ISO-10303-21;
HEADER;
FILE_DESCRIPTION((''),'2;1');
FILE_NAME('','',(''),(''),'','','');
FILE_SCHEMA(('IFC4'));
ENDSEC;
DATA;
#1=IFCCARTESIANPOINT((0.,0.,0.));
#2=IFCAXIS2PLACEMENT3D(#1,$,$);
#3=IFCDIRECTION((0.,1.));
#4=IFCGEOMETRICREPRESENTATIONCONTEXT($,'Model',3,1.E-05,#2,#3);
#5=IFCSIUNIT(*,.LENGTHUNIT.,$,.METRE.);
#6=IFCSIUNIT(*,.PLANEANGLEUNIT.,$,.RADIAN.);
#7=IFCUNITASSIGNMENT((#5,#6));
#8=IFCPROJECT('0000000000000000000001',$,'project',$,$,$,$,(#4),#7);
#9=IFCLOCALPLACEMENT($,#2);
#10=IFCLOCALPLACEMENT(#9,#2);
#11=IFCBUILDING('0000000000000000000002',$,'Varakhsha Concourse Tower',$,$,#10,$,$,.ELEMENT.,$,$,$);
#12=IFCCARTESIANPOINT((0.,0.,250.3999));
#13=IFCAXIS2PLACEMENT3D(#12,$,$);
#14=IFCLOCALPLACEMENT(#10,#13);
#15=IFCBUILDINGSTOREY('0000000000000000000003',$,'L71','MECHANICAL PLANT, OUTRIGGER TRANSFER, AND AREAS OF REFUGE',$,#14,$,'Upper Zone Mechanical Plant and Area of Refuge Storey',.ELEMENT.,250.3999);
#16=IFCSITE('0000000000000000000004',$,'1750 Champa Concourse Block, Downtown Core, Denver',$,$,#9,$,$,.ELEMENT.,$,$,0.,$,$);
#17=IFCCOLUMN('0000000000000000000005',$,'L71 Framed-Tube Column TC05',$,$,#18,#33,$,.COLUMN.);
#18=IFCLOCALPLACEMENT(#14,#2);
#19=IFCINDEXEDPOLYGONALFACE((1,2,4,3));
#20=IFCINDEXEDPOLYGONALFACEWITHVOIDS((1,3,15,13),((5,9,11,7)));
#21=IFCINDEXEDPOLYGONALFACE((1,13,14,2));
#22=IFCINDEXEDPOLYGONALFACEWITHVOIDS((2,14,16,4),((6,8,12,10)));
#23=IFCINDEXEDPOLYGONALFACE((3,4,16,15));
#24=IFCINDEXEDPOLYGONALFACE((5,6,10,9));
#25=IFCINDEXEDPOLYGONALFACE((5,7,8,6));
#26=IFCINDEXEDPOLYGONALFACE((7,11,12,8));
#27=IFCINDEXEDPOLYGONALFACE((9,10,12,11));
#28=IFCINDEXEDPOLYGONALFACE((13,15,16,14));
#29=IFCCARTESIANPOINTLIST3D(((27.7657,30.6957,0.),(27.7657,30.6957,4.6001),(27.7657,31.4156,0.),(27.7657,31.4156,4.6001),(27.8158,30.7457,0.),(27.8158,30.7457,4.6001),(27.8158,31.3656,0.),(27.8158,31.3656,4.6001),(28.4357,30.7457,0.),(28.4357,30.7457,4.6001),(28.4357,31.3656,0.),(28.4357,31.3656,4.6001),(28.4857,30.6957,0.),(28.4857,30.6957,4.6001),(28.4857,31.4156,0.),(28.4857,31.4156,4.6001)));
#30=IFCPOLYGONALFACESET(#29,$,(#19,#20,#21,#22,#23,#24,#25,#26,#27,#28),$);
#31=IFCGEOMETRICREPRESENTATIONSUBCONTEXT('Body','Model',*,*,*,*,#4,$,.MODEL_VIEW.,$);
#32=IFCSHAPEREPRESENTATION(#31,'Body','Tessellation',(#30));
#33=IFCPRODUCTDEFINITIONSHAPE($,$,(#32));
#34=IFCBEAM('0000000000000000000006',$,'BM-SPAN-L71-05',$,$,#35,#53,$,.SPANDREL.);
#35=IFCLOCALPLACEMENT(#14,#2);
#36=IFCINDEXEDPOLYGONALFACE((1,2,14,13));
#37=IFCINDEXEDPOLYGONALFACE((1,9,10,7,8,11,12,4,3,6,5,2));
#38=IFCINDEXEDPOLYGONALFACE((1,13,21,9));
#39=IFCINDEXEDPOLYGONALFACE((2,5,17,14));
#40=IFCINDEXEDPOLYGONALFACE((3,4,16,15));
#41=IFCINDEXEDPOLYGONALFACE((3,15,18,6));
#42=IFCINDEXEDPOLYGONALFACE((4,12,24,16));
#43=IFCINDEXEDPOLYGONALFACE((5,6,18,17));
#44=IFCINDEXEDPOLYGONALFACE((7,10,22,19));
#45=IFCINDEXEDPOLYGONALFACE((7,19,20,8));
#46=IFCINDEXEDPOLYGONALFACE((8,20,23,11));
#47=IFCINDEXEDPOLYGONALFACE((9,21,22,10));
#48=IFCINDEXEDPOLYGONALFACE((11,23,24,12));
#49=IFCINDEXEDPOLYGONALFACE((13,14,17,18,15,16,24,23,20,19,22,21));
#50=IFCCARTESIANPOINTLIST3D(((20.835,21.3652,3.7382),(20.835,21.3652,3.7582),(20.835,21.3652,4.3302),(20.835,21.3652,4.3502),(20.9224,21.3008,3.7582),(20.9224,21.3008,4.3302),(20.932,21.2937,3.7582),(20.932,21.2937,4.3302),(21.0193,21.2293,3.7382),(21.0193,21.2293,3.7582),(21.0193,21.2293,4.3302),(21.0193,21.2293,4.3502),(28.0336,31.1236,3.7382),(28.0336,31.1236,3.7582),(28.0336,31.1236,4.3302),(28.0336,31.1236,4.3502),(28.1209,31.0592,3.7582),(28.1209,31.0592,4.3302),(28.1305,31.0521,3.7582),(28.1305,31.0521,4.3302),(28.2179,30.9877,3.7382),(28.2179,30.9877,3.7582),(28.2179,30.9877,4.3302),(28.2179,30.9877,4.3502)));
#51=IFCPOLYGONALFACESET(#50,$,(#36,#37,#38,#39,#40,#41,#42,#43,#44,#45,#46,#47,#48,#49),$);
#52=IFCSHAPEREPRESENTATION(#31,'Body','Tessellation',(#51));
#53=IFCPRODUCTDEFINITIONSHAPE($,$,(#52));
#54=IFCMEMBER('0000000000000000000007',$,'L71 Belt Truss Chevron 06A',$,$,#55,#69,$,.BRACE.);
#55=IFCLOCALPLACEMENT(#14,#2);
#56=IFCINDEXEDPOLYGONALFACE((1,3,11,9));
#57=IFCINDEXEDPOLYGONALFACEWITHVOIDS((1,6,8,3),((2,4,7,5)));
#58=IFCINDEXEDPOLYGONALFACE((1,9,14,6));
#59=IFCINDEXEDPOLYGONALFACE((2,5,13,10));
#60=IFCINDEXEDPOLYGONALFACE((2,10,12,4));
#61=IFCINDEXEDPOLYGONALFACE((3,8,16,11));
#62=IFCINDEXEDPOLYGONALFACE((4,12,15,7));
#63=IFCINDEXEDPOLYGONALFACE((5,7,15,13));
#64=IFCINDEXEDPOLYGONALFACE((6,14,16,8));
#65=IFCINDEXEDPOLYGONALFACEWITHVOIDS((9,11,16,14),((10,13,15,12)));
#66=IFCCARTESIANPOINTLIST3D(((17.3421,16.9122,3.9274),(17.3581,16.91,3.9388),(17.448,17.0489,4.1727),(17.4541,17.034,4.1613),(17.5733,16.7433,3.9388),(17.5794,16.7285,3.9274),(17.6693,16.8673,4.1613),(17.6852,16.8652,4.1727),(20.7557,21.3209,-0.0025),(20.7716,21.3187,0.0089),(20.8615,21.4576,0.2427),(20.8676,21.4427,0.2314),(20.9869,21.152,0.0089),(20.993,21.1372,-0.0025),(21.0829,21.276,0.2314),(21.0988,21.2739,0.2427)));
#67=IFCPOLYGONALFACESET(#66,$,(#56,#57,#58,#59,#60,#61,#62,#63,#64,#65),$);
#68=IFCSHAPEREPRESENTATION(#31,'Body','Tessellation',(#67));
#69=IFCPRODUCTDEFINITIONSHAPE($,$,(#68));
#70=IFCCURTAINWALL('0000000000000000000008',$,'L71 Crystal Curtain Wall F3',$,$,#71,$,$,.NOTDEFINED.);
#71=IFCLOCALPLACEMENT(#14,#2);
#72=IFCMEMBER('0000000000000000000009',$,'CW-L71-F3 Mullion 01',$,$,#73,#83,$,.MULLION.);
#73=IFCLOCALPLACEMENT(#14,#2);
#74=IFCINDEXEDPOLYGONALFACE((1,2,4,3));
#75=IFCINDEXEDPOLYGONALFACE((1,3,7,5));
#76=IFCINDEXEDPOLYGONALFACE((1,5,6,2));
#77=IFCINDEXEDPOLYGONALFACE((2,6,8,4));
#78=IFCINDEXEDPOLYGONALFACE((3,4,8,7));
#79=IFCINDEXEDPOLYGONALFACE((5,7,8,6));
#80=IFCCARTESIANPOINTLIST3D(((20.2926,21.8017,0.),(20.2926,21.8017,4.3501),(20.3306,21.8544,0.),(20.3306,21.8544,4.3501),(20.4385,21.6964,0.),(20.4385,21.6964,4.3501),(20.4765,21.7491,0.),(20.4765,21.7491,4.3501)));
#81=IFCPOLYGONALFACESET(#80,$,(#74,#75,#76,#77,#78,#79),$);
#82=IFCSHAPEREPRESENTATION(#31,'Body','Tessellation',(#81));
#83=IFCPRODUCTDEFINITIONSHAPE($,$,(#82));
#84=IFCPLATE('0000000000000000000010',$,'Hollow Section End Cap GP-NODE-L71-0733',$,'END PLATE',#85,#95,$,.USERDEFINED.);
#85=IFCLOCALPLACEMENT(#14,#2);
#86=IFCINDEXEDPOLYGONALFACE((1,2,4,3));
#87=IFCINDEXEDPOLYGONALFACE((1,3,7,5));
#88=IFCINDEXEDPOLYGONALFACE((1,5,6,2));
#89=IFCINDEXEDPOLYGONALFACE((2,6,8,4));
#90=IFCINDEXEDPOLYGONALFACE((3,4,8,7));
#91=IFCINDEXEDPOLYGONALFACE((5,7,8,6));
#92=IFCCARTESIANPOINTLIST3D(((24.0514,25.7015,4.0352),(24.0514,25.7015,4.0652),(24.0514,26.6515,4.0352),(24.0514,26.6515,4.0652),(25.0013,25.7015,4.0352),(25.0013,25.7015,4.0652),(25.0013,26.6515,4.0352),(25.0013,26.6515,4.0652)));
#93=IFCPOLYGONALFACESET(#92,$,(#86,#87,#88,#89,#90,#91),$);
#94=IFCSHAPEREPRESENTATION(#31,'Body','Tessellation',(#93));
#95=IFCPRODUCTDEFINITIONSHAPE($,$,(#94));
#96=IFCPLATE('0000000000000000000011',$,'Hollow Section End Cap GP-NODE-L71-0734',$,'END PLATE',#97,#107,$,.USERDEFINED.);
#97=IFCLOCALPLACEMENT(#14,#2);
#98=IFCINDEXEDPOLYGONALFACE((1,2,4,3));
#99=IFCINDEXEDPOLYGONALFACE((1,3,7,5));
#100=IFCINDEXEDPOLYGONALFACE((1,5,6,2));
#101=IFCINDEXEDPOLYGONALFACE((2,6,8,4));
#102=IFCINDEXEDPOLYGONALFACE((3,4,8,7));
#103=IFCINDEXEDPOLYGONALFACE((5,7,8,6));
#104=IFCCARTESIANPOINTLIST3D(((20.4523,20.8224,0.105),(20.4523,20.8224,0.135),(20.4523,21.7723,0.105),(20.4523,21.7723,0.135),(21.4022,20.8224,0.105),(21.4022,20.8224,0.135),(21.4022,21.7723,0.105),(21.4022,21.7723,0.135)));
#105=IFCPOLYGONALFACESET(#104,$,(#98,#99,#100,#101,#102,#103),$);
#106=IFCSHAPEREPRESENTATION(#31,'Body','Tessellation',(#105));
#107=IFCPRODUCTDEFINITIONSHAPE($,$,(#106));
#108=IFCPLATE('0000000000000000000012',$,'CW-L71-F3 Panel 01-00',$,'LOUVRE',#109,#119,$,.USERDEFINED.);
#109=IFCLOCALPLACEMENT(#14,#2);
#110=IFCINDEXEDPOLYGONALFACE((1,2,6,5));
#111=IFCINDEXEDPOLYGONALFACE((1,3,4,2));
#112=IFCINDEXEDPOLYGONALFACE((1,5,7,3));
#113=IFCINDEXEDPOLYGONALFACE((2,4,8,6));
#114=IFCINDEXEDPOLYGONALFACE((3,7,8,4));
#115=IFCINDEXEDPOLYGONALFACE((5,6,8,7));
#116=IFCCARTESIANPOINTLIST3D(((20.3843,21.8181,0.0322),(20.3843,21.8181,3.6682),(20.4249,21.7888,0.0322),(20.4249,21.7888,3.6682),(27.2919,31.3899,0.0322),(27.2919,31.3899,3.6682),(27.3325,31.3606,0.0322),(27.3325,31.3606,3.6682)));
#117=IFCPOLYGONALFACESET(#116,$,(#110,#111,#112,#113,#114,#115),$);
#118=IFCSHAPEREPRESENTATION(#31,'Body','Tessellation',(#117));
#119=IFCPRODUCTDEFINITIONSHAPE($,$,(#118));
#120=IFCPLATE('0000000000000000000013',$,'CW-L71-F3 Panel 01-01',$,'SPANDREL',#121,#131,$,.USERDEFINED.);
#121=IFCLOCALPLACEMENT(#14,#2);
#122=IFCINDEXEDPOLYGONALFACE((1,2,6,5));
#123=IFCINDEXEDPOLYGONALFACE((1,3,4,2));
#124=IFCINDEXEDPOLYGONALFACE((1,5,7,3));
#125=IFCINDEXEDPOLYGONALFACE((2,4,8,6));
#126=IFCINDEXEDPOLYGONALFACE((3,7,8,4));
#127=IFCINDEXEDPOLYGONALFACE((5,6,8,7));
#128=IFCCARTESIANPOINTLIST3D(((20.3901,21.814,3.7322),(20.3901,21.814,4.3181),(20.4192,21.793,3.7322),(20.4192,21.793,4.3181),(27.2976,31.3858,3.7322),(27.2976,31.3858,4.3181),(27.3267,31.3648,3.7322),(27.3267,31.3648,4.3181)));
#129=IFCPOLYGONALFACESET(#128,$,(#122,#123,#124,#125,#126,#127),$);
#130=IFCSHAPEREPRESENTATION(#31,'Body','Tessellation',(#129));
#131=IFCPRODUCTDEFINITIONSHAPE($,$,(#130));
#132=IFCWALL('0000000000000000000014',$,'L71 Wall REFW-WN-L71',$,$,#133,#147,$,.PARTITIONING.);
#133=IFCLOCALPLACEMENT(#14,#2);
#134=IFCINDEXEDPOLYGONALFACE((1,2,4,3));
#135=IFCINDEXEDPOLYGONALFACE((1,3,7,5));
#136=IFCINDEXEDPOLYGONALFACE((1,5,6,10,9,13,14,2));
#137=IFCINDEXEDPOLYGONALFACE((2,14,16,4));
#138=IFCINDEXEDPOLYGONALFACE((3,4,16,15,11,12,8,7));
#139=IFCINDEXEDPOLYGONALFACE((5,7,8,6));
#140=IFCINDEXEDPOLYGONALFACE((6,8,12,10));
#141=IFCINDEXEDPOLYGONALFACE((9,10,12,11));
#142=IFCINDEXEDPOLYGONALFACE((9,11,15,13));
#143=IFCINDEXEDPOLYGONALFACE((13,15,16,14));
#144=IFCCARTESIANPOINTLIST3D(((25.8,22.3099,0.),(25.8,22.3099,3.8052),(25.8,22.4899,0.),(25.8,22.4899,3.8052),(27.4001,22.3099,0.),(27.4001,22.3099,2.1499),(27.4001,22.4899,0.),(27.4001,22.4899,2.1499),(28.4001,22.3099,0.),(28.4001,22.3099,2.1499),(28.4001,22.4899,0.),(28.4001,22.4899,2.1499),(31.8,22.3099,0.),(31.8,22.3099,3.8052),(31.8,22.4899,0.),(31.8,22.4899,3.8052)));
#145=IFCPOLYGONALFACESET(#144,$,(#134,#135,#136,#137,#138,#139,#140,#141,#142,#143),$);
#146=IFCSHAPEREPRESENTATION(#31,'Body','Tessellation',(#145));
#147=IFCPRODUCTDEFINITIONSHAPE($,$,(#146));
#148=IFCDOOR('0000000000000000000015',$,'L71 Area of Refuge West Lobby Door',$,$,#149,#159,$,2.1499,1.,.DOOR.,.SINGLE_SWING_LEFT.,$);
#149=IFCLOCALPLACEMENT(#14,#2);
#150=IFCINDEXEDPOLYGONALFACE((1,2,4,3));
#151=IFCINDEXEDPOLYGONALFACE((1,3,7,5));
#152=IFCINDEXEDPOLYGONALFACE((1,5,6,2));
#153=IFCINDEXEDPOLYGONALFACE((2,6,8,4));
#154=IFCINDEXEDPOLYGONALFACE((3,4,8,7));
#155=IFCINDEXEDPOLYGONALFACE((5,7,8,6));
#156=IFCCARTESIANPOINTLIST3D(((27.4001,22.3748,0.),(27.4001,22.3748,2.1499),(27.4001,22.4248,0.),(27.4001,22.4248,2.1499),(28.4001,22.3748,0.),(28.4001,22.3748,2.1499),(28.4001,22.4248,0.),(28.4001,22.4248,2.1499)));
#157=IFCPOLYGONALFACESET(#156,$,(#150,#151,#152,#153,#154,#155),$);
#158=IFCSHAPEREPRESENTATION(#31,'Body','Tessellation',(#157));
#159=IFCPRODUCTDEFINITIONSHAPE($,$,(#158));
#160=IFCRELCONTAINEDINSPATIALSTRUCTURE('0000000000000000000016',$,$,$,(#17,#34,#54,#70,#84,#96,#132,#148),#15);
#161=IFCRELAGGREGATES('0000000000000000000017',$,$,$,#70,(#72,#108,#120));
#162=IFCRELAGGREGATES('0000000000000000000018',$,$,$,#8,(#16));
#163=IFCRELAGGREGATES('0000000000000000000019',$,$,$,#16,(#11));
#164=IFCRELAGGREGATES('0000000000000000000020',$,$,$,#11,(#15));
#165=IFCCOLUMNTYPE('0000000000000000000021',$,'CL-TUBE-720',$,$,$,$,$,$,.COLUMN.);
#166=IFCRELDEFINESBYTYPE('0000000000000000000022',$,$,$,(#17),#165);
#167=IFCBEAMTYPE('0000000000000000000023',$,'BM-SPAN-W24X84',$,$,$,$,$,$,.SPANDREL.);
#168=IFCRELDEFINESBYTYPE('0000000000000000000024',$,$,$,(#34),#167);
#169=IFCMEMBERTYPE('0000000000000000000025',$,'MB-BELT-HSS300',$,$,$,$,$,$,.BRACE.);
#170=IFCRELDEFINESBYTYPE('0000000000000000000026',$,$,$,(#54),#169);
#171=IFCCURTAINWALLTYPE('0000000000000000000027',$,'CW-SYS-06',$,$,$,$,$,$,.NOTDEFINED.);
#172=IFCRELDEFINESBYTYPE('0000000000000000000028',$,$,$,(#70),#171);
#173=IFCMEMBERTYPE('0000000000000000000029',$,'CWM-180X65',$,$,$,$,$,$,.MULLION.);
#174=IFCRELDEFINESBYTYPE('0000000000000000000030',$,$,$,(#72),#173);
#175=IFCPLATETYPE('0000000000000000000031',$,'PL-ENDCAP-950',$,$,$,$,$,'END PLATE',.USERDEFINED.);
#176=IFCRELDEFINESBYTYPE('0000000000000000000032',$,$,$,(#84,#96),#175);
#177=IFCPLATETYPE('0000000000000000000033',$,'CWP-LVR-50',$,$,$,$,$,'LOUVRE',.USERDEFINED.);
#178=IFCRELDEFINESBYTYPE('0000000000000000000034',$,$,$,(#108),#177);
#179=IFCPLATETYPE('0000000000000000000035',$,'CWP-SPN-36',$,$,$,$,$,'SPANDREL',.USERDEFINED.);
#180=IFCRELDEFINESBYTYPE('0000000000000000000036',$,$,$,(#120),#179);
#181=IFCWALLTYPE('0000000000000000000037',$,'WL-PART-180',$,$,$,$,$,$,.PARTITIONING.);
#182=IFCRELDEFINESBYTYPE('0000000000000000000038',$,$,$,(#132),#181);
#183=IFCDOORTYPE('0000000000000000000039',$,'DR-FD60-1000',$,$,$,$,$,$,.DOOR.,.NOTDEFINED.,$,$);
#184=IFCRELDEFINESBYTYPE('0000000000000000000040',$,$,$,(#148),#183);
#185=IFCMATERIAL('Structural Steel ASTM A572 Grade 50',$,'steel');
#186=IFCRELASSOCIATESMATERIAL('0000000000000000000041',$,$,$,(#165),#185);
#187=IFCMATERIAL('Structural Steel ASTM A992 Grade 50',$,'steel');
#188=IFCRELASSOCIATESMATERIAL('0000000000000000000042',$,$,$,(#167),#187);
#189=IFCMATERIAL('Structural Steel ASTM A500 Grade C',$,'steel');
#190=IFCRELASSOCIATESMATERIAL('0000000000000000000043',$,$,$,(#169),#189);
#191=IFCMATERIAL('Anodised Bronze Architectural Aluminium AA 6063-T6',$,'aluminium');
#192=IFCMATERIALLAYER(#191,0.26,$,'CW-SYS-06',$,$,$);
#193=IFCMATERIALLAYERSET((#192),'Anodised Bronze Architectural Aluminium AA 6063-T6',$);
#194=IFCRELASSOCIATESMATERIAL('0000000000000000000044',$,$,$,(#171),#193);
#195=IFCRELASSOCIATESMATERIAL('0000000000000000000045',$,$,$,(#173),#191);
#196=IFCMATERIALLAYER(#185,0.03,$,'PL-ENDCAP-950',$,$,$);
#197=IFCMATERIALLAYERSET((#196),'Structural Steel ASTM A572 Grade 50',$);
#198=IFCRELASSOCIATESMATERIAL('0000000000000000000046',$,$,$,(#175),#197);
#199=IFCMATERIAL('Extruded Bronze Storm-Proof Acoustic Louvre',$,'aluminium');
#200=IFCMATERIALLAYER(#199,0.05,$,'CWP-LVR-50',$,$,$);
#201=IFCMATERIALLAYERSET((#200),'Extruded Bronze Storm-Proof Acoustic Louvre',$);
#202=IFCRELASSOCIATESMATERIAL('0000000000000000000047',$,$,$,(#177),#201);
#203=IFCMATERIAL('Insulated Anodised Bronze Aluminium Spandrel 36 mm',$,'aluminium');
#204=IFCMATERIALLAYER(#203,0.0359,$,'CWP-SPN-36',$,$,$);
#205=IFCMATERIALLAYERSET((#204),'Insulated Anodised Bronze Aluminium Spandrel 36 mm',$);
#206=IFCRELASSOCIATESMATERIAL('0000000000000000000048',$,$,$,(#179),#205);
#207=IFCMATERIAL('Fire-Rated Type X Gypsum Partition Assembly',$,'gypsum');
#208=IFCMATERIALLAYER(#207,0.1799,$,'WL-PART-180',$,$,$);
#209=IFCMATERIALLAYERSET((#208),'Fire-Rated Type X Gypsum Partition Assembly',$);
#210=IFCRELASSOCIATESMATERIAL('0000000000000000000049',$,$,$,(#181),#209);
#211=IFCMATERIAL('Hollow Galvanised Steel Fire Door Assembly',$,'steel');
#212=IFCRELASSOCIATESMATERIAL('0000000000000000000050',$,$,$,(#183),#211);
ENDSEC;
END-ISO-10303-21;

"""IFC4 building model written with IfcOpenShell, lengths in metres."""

from ifc_helpers import new_model, si_unit, direction, frame, frame_2d, origin, origin_2d, place, context, subcontext, project, spatial, rectangle, hollow_rectangle, i_section, extrude, source, transform, mapped, material, layer, layer_set, material_profile, profile_set, type_object, type_shapes, element, fill, aggregate, save


model = new_model("IFC4")

# Units and contexts
model_context = context("Model", 3, precision=1e-05, world=origin(), true_north=direction((0.0, 1.0)))
body_context = subcontext(model_context, "Body", "Model", "MODEL_VIEW")
ifc_project = project(units=[si_unit("LENGTHUNIT", "METRE"), si_unit("PLANEANGLEUNIT", "RADIAN")], contexts=[model_context])

# Site, building, storey
site_placement = place(None, origin())
site = spatial("IfcSite", under=ifc_project, at=site_placement, Name="1750 Champa Concourse Block, Downtown Core, Denver", CompositionType="ELEMENT", RefElevation=0.0)
building_placement = place(site_placement, origin())
building = spatial("IfcBuilding", under=site, at=building_placement, Name="Varakhsha Concourse Tower", CompositionType="ELEMENT")
storey_placement = place(building_placement, frame((0.0, 0.0, 250.3999)))
storey = spatial("IfcBuildingStorey", under=building, at=storey_placement, Name="L71", Description="MECHANICAL PLANT, OUTRIGGER TRANSFER, AND AREAS OF REFUGE", LongName="Upper Zone Mechanical Plant and Area of Refuge Storey", CompositionType="ELEMENT", Elevation=250.3999)

# Column
ifc_material_1 = material(Name="Structural Steel ASTM A572 Grade 50", Category="steel")
ifc_material_profile_1 = material_profile(ifc_material_1, hollow_rectangle(XDim=0.72, YDim=0.72, WallThickness=0.05, at=origin_2d()), Name="BOX 720x720x50")
ifc_profile_set_1 = profile_set([ifc_material_profile_1], Name="Structural Steel ASTM A572 Grade 50")
column_type = type_object("IfcColumnType", Name="CL-TUBE-720", PredefinedType="COLUMN", material=ifc_profile_set_1)
column_placement = place(storey_placement, frame((28.1257, 31.0557, 0.0), z_axis=(0.0, 0.0, 1.0), x_axis=(1.0, 0.0, 0.0)))
element("IfcColumn", 1, at=column_placement, inside=storey, type_object=column_type, Name="L71 Framed-Tube Column TC05", PredefinedType="COLUMN", context=body_context, shape_type="SweptSolid", body=[
    extrude(hollow_rectangle(XDim=0.72, YDim=0.72, WallThickness=0.05, at=origin_2d()), origin(), (0.0, 0.0, 1.0), 4.6001),
])

# Beam
ifc_material_2 = material(Name="Structural Steel ASTM A992 Grade 50", Category="steel")
ifc_material_profile_2 = material_profile(ifc_material_2, i_section(OverallWidth=0.229, OverallDepth=0.6121, WebThickness=0.012, FlangeThickness=0.02, at=origin_2d()), Name="W24X84")
ifc_profile_set_2 = profile_set([ifc_material_profile_2], Name="Structural Steel ASTM A992 Grade 50")
beam_type = type_object("IfcBeamType", Name="BM-SPAN-W24X84", PredefinedType="SPANDREL", material=ifc_profile_set_2)
beam_placement = place(storey_placement, frame((28.1257, 31.0557, 4.0442), z_axis=(-0.593635, -0.804734, 0.0), x_axis=(0.804734, -0.593635, 0.0)))
element("IfcBeam", 2, at=beam_placement, inside=storey, type_object=beam_type, Name="BM-SPAN-L71-05", PredefinedType="SPANDREL", context=body_context, shape_type="SweptSolid", body=[
    extrude(i_section(OverallWidth=0.229, OverallDepth=0.6121, WebThickness=0.012, FlangeThickness=0.02, at=origin_2d()), origin(), (0.0, 0.0, 1.0), 12.1262),
])

# Member
ifc_material_3 = material(Name="Structural Steel ASTM A500 Grade C", Category="steel")
ifc_material_profile_3 = material_profile(ifc_material_3, hollow_rectangle(XDim=0.3, YDim=0.3, WallThickness=0.0139, at=origin_2d()), Name="HSS 300x300x14")
ifc_profile_set_3 = profile_set([ifc_material_profile_3], Name="Structural Steel ASTM A500 Grade C")
member_type_1 = type_object("IfcMemberType", Name="MB-BELT-HSS300", PredefinedType="BRACE", material=ifc_profile_set_3)
shared_shape_1 = source(origin(), body_context, "Body", "SweptSolid", [
    extrude(hollow_rectangle(XDim=0.3, YDim=0.3, WallThickness=0.0139, at=origin_2d()), origin(), (0.0, 0.0, 1.0), 6.8215),
])
type_shapes(member_type_1, [shared_shape_1])
member_1_placement = place(storey_placement, frame((20.9272, 21.2974, 0.1201), z_axis=(-0.500411, -0.64629, 0.576106), x_axis=(0.79069, -0.612217, 0.0)))
element("IfcMember", 3, at=member_1_placement, inside=storey, type_object=member_type_1, Name="L71 Belt Truss Chevron 06A", PredefinedType="BRACE", context=body_context, shape_type="MappedRepresentation", body=[
    mapped(shared_shape_1, transform((0.0, 0.0, 0.0), scale=1.0)),
])

# Curtain wall, member
ifc_material_4 = material(Name="Anodised Bronze Architectural Aluminium AA 6063-T6", Category="aluminium")
ifc_layer_1 = layer(ifc_material_4, 0.26, Name="CW-SYS-06")
ifc_layer_set_1 = layer_set([ifc_layer_1], Name="Anodised Bronze Architectural Aluminium AA 6063-T6")
curtain_wall_type = type_object("IfcCurtainWallType", Name="CW-SYS-06", PredefinedType="NOTDEFINED", material=ifc_layer_set_1)
curtain_wall_placement = place(storey_placement, origin())
curtain_wall = element("IfcCurtainWall", 4, at=curtain_wall_placement, inside=storey, type_object=curtain_wall_type, Name="L71 Crystal Curtain Wall F3", PredefinedType="NOTDEFINED")
ifc_material_profile_4 = material_profile(ifc_material_4, rectangle(XDim=0.0649, YDim=0.1799, at=origin_2d()), Name="CWM-180X65")
ifc_profile_set_4 = profile_set([ifc_material_profile_4], Name="Anodised Bronze Architectural Aluminium AA 6063-T6")
member_type_2 = type_object("IfcMemberType", Name="CWM-180X65", PredefinedType="MULLION", material=ifc_profile_set_4)
shared_shape_2 = source(origin(), body_context, "Body", "SweptSolid", [
    extrude(rectangle(XDim=0.0649, YDim=0.1799, at=origin_2d()), origin(), (0.0, 0.0, 1.0), 4.3501),
])
type_shapes(member_type_2, [shared_shape_2])
member_2_placement = place(storey_placement, frame((20.3845, 21.7754, 0.0), z_axis=(0.0, 0.0, 1.0), x_axis=(0.585187, 0.810898, 0.0)))
member_2 = element("IfcMember", 5, at=member_2_placement, type_object=member_type_2, Name="CW-L71-F3 Mullion 01", PredefinedType="MULLION", context=body_context, shape_type="MappedRepresentation", body=[
    mapped(shared_shape_2, transform((0.0, 0.0, 0.0), scale=1.0)),
])

# Plates
ifc_layer_2 = layer(ifc_material_1, 0.03, Name="PL-ENDCAP-950")
ifc_layer_set_2 = layer_set([ifc_layer_2], Name="Structural Steel ASTM A572 Grade 50")
plate_type_1 = type_object("IfcPlateType", Name="PL-ENDCAP-950", ElementType="END PLATE", PredefinedType="USERDEFINED", material=ifc_layer_set_2)
shared_shape_3 = source(origin(), body_context, "Body", "SweptSolid", [
    extrude(rectangle(XDim=0.95, YDim=0.95, at=origin_2d()), origin(), (0.0, 0.0, 1.0), 0.03),
])
type_shapes(plate_type_1, [shared_shape_3])
for number, where, z_axis, x_axis, name in (
    (6, (24.5264, 26.1765, 4.0352), (0.0, 0.0, 1.0), (1.0, 0.0, 0.0), "Hollow Section End Cap GP-NODE-L71-0733"),
    (7, (20.9272, 21.2974, 0.105), (0.0, 0.0, 1.0), (1.0, 0.0, 0.0), "Hollow Section End Cap GP-NODE-L71-0734"),
):
    element("IfcPlate", number, at=place(storey_placement, frame(where, z_axis=z_axis, x_axis=x_axis)), inside=storey, type_object=plate_type_1, Name=name, ObjectType="END PLATE", PredefinedType="USERDEFINED", context=body_context, shape_type="MappedRepresentation", body=[
        mapped(shared_shape_3, transform((0.0, 0.0, 0.0), scale=1.0)),
    ])

# Plates
ifc_material_5 = material(Name="Extruded Bronze Storm-Proof Acoustic Louvre", Category="aluminium")
ifc_layer_3 = layer(ifc_material_5, 0.05, Name="CWP-LVR-50")
ifc_layer_set_3 = layer_set([ifc_layer_3], Name="Extruded Bronze Storm-Proof Acoustic Louvre")
plate_type_2 = type_object("IfcPlateType", Name="CWP-LVR-50", ElementType="LOUVRE", PredefinedType="USERDEFINED", material=ifc_layer_set_3)
shared_shape_4 = source(origin(), body_context, "Body", "SweptSolid", [
    extrude(rectangle(XDim=11.804, YDim=0.05, at=origin_2d()), origin(), (0.0, 0.0, 1.0), 3.636),
])
type_shapes(plate_type_2, [shared_shape_4])
plate_1_placement = place(storey_placement, frame((23.8584, 26.5894, 0.0322), z_axis=(0.0, 0.0, 1.0), x_axis=(0.585187, 0.810898, 0.0)))
plate_1 = element("IfcPlate", 8, at=plate_1_placement, type_object=plate_type_2, Name="CW-L71-F3 Panel 01-00", ObjectType="LOUVRE", PredefinedType="USERDEFINED", context=body_context, shape_type="MappedRepresentation", body=[
    mapped(shared_shape_4, transform((0.0, 0.0, 0.0), scale=1.0)),
])
ifc_material_6 = material(Name="Insulated Anodised Bronze Aluminium Spandrel 36 mm", Category="aluminium")
ifc_layer_4 = layer(ifc_material_6, 0.0359, Name="CWP-SPN-36")
ifc_layer_set_4 = layer_set([ifc_layer_4], Name="Insulated Anodised Bronze Aluminium Spandrel 36 mm")
plate_type_3 = type_object("IfcPlateType", Name="CWP-SPN-36", ElementType="SPANDREL", PredefinedType="USERDEFINED", material=ifc_layer_set_4)
shared_shape_5 = source(origin(), body_context, "Body", "SweptSolid", [
    extrude(rectangle(XDim=11.804, YDim=0.0359, at=origin_2d()), origin(), (0.0, 0.0, 1.0), 0.5859),
])
type_shapes(plate_type_3, [shared_shape_5])
plate_2_placement = place(storey_placement, frame((23.8584, 26.5894, 3.7322), z_axis=(0.0, 0.0, 1.0), x_axis=(0.585187, 0.810898, 0.0)))
plate_2 = element("IfcPlate", 9, at=plate_2_placement, type_object=plate_type_3, Name="CW-L71-F3 Panel 01-01", ObjectType="SPANDREL", PredefinedType="USERDEFINED", context=body_context, shape_type="MappedRepresentation", body=[
    mapped(shared_shape_5, transform((0.0, 0.0, 0.0), scale=1.0)),
])
aggregate(curtain_wall, [member_2, plate_1, plate_2])

# Wall, opening, door
ifc_material_7 = material(Name="Fire-Rated Type X Gypsum Partition Assembly", Category="gypsum")
ifc_layer_5 = layer(ifc_material_7, 0.1799, Name="WL-PART-180")
ifc_layer_set_5 = layer_set([ifc_layer_5], Name="Fire-Rated Type X Gypsum Partition Assembly")
wall_type = type_object("IfcWallType", Name="WL-PART-180", PredefinedType="PARTITIONING", material=ifc_layer_set_5)
wall_1_placement = place(storey_placement, frame((25.8, 22.3999, 0.0), z_axis=(0.0, 0.0, 1.0), x_axis=(1.0, 0.0, 0.0)))
wall_1 = element("IfcWall", 10, at=wall_1_placement, inside=storey, type_object=wall_type, Name="L71 Wall REFW-WN-L71", PredefinedType="PARTITIONING", context=body_context, shape_type="SweptSolid", body=[
    extrude(rectangle(XDim=6.0, YDim=0.1799, at=frame_2d((3.0, 0.0))), origin(), (0.0, 0.0, 1.0), 3.8052),
])
opening_placement = place(wall_1_placement, frame((1.6001, 0.0, 0.0)))
opening = element("IfcOpeningElement", 11, at=opening_placement, cuts=wall_1, PredefinedType="OPENING", context=body_context, shape_type="SweptSolid", body=[
    extrude(rectangle(XDim=1.0, YDim=2.1499, at=frame_2d((0.5, 1.075))), frame((0.0, 0.0999, 0.0), z_axis=(0.0, -1.0, 0.0), x_axis=(1.0, 0.0, 0.0)), (0.0, 0.0, 1.0), 0.2),
])
ifc_material_8 = material(Name="Hollow Galvanised Steel Fire Door Assembly", Category="steel")
door_type = type_object("IfcDoorType", Name="DR-FD60-1000", OperationType="NOTDEFINED", PredefinedType="DOOR", material=ifc_material_8)
door_placement = place(opening_placement, origin())
door = element("IfcDoor", 12, at=door_placement, inside=storey, type_object=door_type, Name="L71 Area of Refuge West Lobby Door", OperationType="SINGLE_SWING_LEFT", OverallHeight=2.1499, OverallWidth=1.0, PredefinedType="DOOR", context=body_context, shape_type="SweptSolid", body=[
    extrude(rectangle(XDim=1.0, YDim=2.1499, at=frame_2d((0.5, 1.075))), frame((0.0, 0.0249, 0.0), z_axis=(0.0, -1.0, 0.0), x_axis=(1.0, 0.0, 0.0)), (0.0, 0.0, 1.0), 0.05),
])
fill(opening, door)

save(model, "model.ifc")
